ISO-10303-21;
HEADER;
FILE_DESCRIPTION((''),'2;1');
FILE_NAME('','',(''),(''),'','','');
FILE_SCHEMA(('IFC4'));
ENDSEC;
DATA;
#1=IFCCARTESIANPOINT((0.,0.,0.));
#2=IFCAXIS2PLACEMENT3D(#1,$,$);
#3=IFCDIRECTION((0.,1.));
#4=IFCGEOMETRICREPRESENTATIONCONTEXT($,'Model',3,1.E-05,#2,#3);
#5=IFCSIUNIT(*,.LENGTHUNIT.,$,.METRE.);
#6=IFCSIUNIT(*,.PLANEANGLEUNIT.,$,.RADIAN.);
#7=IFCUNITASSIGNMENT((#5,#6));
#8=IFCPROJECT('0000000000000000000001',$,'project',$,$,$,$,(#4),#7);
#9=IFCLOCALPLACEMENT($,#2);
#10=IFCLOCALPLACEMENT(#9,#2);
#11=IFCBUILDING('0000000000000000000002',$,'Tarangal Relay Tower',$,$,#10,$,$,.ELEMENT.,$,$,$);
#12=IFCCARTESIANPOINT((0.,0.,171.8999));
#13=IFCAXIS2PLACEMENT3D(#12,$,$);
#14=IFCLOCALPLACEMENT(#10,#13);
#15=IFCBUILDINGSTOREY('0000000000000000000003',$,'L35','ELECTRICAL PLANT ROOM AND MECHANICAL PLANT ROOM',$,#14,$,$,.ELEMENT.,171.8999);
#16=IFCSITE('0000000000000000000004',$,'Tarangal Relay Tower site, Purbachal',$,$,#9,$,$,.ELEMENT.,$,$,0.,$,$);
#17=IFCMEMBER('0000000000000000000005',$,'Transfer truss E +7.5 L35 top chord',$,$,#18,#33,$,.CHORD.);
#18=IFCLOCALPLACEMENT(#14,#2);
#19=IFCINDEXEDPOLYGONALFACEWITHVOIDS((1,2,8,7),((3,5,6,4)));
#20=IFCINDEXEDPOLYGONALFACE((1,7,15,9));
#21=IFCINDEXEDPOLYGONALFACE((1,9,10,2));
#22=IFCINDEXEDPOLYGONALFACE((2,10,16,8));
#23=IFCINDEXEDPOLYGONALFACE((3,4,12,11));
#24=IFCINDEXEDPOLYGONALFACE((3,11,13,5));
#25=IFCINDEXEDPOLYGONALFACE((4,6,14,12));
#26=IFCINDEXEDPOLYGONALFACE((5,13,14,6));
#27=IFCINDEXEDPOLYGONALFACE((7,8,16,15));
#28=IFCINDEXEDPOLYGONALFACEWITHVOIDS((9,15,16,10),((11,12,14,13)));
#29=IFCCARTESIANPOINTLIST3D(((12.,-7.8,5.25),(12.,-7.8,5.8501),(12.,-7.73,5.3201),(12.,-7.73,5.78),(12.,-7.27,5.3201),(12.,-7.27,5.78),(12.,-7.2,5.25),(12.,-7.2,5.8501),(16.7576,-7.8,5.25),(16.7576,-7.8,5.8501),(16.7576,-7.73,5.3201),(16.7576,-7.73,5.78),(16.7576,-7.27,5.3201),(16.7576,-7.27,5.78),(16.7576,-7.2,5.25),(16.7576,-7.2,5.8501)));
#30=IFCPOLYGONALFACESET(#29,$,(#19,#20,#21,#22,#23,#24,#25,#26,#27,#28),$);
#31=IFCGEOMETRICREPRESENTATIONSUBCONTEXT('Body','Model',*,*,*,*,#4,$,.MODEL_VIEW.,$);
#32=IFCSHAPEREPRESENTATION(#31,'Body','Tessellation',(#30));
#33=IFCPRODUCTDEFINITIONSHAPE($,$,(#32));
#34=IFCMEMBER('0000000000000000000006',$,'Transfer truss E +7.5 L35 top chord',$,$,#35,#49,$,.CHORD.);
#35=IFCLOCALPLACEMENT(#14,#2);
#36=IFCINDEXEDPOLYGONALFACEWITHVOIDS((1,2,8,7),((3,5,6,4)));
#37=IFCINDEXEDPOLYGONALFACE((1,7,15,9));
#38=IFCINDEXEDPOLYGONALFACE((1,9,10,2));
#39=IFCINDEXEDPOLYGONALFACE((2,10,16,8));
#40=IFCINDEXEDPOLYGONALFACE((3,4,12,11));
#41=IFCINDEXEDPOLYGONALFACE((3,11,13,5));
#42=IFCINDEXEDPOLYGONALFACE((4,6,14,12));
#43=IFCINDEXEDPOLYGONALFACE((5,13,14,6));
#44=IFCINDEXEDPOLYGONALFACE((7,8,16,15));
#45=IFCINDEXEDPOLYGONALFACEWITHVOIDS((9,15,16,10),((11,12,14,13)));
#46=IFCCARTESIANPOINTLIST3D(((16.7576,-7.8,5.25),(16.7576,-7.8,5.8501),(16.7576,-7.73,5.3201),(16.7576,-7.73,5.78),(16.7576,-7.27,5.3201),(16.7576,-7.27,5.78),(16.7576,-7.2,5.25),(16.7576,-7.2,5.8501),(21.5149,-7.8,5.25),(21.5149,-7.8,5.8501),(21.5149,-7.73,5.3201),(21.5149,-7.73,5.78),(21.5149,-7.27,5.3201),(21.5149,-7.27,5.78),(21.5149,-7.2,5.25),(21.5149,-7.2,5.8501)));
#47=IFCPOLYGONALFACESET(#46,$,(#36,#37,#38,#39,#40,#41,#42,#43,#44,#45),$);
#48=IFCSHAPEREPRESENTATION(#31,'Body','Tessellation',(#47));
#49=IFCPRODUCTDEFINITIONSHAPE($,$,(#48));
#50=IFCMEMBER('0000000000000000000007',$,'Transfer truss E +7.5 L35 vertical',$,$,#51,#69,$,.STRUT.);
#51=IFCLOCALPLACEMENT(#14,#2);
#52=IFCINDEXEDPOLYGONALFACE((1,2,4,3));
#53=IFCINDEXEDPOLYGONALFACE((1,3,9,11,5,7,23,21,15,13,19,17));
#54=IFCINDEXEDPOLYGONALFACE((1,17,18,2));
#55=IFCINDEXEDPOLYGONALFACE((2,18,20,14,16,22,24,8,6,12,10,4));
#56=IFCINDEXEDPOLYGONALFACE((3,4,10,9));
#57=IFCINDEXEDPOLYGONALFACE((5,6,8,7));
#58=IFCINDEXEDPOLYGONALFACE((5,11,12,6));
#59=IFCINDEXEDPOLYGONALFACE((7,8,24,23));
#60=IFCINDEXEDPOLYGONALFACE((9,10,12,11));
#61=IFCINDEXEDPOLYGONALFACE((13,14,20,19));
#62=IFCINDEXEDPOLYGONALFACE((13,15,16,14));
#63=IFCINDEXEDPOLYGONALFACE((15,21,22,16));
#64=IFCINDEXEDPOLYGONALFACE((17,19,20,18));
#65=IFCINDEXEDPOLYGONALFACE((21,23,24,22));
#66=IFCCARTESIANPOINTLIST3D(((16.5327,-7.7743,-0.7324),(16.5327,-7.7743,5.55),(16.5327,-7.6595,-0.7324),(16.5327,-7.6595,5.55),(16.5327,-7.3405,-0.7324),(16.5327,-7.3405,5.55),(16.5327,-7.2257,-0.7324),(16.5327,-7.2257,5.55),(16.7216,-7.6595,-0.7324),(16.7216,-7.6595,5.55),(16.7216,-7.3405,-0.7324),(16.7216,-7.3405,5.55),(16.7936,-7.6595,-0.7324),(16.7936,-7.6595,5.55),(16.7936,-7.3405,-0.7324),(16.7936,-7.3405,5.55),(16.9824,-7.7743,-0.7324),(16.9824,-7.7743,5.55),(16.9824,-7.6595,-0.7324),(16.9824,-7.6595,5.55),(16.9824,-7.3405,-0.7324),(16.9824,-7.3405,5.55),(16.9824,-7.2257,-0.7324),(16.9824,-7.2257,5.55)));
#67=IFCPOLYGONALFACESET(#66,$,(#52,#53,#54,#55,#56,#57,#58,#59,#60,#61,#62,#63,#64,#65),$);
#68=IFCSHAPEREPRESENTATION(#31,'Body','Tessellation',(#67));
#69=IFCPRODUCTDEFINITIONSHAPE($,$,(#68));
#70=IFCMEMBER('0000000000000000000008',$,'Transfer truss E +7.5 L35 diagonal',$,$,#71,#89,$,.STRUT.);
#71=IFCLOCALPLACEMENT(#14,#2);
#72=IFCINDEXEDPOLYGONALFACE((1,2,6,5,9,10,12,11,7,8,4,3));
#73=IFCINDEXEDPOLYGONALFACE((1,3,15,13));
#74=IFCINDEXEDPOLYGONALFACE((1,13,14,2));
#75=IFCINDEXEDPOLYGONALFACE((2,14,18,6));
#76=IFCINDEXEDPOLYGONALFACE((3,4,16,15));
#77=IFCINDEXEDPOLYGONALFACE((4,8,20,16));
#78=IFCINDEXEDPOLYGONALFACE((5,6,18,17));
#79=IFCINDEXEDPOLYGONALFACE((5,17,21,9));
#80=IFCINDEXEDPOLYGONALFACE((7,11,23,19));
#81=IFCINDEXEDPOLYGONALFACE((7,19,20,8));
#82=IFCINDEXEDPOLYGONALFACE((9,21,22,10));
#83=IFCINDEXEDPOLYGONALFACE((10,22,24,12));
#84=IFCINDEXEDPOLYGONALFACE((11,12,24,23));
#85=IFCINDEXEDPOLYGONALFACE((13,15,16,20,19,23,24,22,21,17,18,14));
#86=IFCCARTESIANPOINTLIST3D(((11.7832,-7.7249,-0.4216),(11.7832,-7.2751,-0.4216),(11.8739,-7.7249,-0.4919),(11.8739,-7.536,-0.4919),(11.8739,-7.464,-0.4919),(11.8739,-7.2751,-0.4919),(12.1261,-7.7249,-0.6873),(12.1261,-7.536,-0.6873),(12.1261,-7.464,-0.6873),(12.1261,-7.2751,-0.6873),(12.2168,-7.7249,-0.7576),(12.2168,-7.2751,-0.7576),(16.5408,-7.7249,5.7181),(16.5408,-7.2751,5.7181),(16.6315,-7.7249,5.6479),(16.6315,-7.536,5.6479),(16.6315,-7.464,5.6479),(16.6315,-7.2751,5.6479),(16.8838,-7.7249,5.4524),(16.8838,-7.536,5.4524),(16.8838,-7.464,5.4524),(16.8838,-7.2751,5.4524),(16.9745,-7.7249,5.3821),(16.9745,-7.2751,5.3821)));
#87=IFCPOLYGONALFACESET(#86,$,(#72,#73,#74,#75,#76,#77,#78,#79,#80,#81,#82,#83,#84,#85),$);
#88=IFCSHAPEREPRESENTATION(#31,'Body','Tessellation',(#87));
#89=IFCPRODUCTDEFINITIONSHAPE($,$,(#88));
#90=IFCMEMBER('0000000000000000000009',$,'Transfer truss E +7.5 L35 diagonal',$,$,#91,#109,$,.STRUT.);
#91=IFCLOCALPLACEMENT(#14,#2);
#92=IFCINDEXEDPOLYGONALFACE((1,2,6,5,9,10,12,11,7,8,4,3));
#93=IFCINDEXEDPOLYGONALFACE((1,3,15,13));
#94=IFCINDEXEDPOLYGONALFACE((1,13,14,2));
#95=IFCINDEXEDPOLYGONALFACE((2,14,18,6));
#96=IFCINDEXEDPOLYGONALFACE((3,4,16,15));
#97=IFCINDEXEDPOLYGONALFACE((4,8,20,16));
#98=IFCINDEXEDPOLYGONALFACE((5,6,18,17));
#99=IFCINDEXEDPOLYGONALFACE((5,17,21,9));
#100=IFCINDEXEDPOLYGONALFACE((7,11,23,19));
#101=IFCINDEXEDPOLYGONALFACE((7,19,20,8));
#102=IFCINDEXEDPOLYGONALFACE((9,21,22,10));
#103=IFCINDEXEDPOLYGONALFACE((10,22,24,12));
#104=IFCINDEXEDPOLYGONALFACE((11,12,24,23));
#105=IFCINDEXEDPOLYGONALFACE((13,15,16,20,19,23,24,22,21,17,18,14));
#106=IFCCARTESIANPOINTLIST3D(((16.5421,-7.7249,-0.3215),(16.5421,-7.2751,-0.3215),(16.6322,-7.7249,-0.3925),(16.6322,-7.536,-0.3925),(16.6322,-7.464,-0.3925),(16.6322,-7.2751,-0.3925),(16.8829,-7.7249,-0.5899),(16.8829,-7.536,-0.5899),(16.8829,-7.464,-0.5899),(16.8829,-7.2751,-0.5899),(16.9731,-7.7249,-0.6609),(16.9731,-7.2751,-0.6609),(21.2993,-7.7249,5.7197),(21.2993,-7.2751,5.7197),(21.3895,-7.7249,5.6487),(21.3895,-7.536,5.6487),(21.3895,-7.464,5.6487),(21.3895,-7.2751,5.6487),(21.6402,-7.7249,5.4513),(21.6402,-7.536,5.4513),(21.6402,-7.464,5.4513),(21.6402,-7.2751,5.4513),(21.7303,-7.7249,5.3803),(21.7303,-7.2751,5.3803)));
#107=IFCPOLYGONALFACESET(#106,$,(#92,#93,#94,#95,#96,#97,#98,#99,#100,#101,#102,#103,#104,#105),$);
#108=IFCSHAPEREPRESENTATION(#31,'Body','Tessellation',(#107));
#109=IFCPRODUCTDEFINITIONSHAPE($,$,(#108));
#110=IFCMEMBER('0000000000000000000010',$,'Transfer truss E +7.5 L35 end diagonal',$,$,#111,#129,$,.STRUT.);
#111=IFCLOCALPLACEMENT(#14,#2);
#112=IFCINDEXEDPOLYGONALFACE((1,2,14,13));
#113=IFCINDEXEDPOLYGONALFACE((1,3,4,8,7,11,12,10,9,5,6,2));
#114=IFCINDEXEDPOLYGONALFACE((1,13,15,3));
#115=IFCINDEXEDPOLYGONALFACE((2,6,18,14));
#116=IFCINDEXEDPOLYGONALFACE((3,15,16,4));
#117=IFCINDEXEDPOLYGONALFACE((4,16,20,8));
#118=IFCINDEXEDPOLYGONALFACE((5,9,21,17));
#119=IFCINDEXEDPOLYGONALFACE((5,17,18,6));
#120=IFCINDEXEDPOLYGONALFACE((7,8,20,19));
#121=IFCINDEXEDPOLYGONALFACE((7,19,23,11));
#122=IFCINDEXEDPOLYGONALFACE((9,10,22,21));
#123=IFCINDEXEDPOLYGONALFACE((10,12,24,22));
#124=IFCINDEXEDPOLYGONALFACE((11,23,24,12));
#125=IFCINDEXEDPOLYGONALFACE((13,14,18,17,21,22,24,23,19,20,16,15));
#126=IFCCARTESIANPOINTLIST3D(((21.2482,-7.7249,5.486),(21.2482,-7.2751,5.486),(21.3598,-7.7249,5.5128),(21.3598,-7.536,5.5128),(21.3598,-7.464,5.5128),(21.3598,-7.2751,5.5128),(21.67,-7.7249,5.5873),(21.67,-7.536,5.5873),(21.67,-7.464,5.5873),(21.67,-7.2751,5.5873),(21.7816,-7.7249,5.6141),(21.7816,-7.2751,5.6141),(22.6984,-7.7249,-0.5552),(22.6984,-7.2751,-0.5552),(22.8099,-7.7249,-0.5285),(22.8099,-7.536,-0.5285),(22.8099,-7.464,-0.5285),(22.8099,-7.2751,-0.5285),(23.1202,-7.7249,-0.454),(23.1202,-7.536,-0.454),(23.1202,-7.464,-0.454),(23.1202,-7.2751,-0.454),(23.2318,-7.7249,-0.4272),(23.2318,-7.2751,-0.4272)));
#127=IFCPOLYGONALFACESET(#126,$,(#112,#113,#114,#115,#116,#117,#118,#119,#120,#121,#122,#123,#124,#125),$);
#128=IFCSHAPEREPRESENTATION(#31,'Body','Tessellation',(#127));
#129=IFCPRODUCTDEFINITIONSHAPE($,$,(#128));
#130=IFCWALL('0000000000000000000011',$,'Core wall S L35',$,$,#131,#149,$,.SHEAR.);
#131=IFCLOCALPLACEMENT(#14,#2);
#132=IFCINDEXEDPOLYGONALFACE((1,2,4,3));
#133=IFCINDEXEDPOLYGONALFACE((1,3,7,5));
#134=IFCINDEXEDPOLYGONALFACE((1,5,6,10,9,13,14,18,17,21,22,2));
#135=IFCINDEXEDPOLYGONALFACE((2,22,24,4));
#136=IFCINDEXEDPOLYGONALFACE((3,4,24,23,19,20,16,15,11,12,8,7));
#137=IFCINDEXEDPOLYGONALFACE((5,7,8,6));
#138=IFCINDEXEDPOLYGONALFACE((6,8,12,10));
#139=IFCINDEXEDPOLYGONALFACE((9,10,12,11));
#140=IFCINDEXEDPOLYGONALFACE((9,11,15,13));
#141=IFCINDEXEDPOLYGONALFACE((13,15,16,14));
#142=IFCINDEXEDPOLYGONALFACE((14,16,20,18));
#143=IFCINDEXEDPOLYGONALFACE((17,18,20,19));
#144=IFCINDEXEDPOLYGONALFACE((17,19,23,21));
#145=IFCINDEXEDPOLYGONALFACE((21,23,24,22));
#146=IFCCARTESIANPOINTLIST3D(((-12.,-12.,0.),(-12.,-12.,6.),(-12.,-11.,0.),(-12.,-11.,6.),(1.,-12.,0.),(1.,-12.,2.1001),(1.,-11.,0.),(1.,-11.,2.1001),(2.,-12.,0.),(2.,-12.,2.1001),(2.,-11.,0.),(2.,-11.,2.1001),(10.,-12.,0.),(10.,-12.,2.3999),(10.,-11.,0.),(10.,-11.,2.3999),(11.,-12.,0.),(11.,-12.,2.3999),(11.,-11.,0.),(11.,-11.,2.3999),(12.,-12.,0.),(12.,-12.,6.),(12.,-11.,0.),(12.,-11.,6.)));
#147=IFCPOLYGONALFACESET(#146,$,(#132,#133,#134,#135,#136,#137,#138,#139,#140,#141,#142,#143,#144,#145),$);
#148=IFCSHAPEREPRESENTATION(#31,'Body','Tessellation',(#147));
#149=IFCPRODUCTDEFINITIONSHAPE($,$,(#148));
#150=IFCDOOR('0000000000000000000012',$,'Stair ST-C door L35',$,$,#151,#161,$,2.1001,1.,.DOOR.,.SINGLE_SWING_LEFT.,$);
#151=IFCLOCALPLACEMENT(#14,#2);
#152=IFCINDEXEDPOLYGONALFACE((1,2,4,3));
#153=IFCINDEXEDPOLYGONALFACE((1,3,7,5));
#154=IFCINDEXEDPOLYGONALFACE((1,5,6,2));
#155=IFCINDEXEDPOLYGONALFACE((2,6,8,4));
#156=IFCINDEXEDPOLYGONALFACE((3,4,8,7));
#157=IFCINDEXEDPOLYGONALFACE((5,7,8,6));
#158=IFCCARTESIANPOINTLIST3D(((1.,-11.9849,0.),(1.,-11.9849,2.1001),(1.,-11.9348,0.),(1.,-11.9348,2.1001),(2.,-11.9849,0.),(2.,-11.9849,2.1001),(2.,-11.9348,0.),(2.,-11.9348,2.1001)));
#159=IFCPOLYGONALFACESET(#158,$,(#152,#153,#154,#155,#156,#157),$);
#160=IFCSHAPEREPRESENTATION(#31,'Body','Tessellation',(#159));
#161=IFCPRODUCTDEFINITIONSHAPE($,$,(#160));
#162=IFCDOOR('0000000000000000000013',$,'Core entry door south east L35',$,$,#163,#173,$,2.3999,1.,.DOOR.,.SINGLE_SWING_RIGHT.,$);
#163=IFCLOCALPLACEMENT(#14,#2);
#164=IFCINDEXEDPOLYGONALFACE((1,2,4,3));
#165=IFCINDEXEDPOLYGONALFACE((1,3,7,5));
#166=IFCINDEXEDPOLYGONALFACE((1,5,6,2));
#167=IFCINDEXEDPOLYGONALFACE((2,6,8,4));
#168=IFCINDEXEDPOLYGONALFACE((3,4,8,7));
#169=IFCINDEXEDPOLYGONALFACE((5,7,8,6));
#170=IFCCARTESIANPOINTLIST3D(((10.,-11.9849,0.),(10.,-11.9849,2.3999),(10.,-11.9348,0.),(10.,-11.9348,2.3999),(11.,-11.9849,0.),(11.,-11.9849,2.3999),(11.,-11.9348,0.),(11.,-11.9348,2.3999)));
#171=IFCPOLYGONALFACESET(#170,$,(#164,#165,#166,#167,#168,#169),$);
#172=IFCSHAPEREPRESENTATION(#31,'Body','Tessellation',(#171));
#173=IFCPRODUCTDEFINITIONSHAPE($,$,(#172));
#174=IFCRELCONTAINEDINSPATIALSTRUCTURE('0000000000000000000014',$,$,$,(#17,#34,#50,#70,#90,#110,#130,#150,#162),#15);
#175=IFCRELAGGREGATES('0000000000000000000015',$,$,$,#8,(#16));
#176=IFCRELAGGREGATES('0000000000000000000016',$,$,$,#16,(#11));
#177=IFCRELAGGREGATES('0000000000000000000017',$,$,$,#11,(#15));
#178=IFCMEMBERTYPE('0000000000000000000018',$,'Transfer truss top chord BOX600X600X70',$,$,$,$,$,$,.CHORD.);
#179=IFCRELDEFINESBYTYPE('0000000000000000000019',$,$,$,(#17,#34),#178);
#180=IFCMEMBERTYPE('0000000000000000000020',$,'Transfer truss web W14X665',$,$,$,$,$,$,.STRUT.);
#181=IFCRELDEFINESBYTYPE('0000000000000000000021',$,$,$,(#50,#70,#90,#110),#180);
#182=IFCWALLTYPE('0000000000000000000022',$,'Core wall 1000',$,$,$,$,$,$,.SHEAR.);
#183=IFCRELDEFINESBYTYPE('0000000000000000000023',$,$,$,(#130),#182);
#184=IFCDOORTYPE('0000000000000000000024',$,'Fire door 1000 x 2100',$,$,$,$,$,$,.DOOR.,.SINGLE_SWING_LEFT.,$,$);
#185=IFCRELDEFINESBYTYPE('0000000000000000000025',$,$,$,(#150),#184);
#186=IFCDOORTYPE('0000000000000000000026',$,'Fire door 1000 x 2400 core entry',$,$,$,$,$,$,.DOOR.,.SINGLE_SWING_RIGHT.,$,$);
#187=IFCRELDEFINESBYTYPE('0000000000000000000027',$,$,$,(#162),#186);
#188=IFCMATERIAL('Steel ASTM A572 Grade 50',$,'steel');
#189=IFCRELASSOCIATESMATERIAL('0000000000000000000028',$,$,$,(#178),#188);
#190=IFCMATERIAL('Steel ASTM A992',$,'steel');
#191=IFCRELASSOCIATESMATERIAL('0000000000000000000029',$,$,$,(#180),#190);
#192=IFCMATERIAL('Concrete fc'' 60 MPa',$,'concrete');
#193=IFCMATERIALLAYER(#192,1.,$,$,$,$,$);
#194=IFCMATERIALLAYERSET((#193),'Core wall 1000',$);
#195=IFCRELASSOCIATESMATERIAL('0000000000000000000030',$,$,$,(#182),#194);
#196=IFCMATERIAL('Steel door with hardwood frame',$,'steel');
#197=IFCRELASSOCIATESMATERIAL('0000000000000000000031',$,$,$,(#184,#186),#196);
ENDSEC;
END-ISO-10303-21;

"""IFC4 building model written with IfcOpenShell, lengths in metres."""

from ifc_helpers import new_model, si_unit, direction, frame, frame_2d, origin, origin_2d, place, context, subcontext, project, spatial, rectangle, hollow_rectangle, i_section, extrude, material, layer, layer_set, material_profile, profile_set, type_object, element, fill, save


model = new_model("IFC4")

# Units and contexts
model_context = context("Model", 3, precision=1e-05, world=origin(), true_north=direction((0.0, 1.0)))
body_context = subcontext(model_context, "Body", "Model", "MODEL_VIEW")
ifc_project = project(units=[si_unit("LENGTHUNIT", "METRE"), si_unit("PLANEANGLEUNIT", "RADIAN")], contexts=[model_context])

# Site, building, storey
site_placement = place(None, origin())
site = spatial("IfcSite", under=ifc_project, at=site_placement, Name="Tarangal Relay Tower site, Purbachal", CompositionType="ELEMENT", RefElevation=0.0)
building_placement = place(site_placement, origin())
building = spatial("IfcBuilding", under=site, at=building_placement, Name="Tarangal Relay Tower", CompositionType="ELEMENT")
storey_placement = place(building_placement, frame((0.0, 0.0, 171.8999)))
storey = spatial("IfcBuildingStorey", under=building, at=storey_placement, Name="L35", Description="ELECTRICAL PLANT ROOM AND MECHANICAL PLANT ROOM", CompositionType="ELEMENT", Elevation=171.8999)

# Shared definitions
ifc_material_1 = material(Name="Steel ASTM A572 Grade 50", Category="steel")

# Shared definitions
ifc_material_2 = material(Name="Steel ASTM A992", Category="steel")

# Members
ifc_material_profile_1 = material_profile(ifc_material_1, hollow_rectangle(XDim=0.6001, YDim=0.6001, WallThickness=0.0701, at=origin_2d()), Name="BOX600X600X70")
ifc_profile_set_1 = profile_set([ifc_material_profile_1], Name="Steel ASTM A572 Grade 50")
member_type_1 = type_object("IfcMemberType", Name="Transfer truss top chord BOX600X600X70", PredefinedType="CHORD", material=ifc_profile_set_1)
member_1_placement = place(storey_placement, frame((12.0, -7.5, 5.55), z_axis=(1.0, 0.0, 0.0), x_axis=(0.0, 1.0, 0.0)))
element("IfcMember", 1, at=member_1_placement, inside=storey, type_object=member_type_1, Name="Transfer truss E +7.5 L35 top chord", PredefinedType="CHORD", context=body_context, shape_type="SweptSolid", body=[
    extrude(hollow_rectangle(XDim=0.6001, YDim=0.6001, WallThickness=0.0701, at=origin_2d()), origin(), (0.0, 0.0, 1.0), 4.7576),
])
member_2_placement = place(storey_placement, frame((16.7576, -7.5, 5.55), z_axis=(1.0, 0.0, 0.0), x_axis=(0.0, 1.0, 0.0)))
element("IfcMember", 2, at=member_2_placement, inside=storey, type_object=member_type_1, Name="Transfer truss E +7.5 L35 top chord", PredefinedType="CHORD", context=body_context, shape_type="SweptSolid", body=[
    extrude(hollow_rectangle(XDim=0.6001, YDim=0.6001, WallThickness=0.0701, at=origin_2d()), origin(), (0.0, 0.0, 1.0), 4.7573),
])
ifc_material_profile_2 = material_profile(ifc_material_2, i_section(OverallWidth=0.4497, OverallDepth=0.5486, WebThickness=0.072, FlangeThickness=0.1147, at=origin_2d()), Name="W14X665")
ifc_profile_set_2 = profile_set([ifc_material_profile_2], Name="Steel ASTM A992")
member_type_2 = type_object("IfcMemberType", Name="Transfer truss web W14X665", PredefinedType="STRUT", material=ifc_profile_set_2)
member_3_placement = place(storey_placement, frame((16.7576, -7.5, -0.7324), z_axis=(0.0, 0.0, 1.0), x_axis=(1.0, 0.0, 0.0)))
element("IfcMember", 3, at=member_3_placement, inside=storey, type_object=member_type_2, Name="Transfer truss E +7.5 L35 vertical", PredefinedType="STRUT", context=body_context, shape_type="SweptSolid", body=[
    extrude(i_section(OverallWidth=0.4497, OverallDepth=0.5486, WebThickness=0.072, FlangeThickness=0.1147, at=origin_2d()), origin(), (0.0, 0.0, 1.0), 6.2825),
])
member_4_placement = place(storey_placement, frame((12.0, -7.5, -0.5896), z_axis=(0.612519, 0.0, 0.790456), x_axis=(0.0, 1.0, 0.0)))
element("IfcMember", 4, at=member_4_placement, inside=storey, type_object=member_type_2, Name="Transfer truss E +7.5 L35 diagonal", PredefinedType="STRUT", context=body_context, shape_type="SweptSolid", body=[
    extrude(i_section(OverallWidth=0.4497, OverallDepth=0.5486, WebThickness=0.072, FlangeThickness=0.1147, at=origin_2d()), origin(), (0.0, 0.0, 1.0), 7.7673),
])
member_5_placement = place(storey_placement, frame((16.7576, -7.5, -0.4912), z_axis=(0.618675, 0.0, 0.785647), x_axis=(0.0, 1.0, 0.0)))
element("IfcMember", 5, at=member_5_placement, inside=storey, type_object=member_type_2, Name="Transfer truss E +7.5 L35 diagonal", PredefinedType="STRUT", context=body_context, shape_type="SweptSolid", body=[
    extrude(i_section(OverallWidth=0.4497, OverallDepth=0.5486, WebThickness=0.072, FlangeThickness=0.1147, at=origin_2d()), origin(), (0.0, 0.0, 1.0), 7.6895),
])
member_6_placement = place(storey_placement, frame((22.9651, -7.5, -0.4912), z_axis=(-0.233418, 0.0, 0.972377), x_axis=(0.0, -1.0, 0.0)))
element("IfcMember", 6, at=member_6_placement, inside=storey, type_object=member_type_2, Name="Transfer truss E +7.5 L35 end diagonal", PredefinedType="STRUT", context=body_context, shape_type="SweptSolid", body=[
    extrude(i_section(OverallWidth=0.4497, OverallDepth=0.5486, WebThickness=0.072, FlangeThickness=0.1147, at=origin_2d()), origin(), (0.0, 0.0, 1.0), 6.2129),
])

# Wall, openings, doors
ifc_material_3 = material(Name="Concrete fc' 60 MPa", Category="concrete")
ifc_layer_1 = layer(ifc_material_3, 1.0)
ifc_layer_set_1 = layer_set([ifc_layer_1], Name="Core wall 1000")
wall_type_1 = type_object("IfcWallType", Name="Core wall 1000", PredefinedType="SHEAR", material=ifc_layer_set_1)
wall_1_placement = place(storey_placement, frame((12.0, -11.5, 0.0), z_axis=(0.0, 0.0, 1.0), x_axis=(-1.0, 0.0, 0.0)))
wall_1 = element("IfcWall", 7, at=wall_1_placement, inside=storey, type_object=wall_type_1, Name="Core wall S L35", PredefinedType="SHEAR", context=body_context, shape_type="SweptSolid", body=[
    extrude(rectangle(XDim=24.0, YDim=1.0, at=frame_2d((12.0, 0.0))), origin(), (0.0, 0.0, 1.0), 6.0),
])
opening_1_placement = place(wall_1_placement, frame((10.0, 0.0, 0.0)))
opening_1 = element("IfcOpeningElement", 8, at=opening_1_placement, cuts=wall_1, PredefinedType="OPENING", context=body_context, shape_type="SweptSolid", body=[
    extrude(rectangle(XDim=1.0, YDim=2.1001, at=frame_2d((0.5, 1.05))), frame((0.0, 0.51, 0.0), z_axis=(0.0, -1.0, 0.0), x_axis=(1.0, 0.0, 0.0)), (0.0, 0.0, 1.0), 1.02),
])
opening_2_placement = place(wall_1_placement, frame((1.0, 0.0, 0.0)))
opening_2 = element("IfcOpeningElement", 9, at=opening_2_placement, cuts=wall_1, PredefinedType="OPENING", context=body_context, shape_type="SweptSolid", body=[
    extrude(rectangle(XDim=1.0, YDim=2.3999, at=frame_2d((0.5, 1.2))), frame((0.0, 0.51, 0.0), z_axis=(0.0, -1.0, 0.0), x_axis=(1.0, 0.0, 0.0)), (0.0, 0.0, 1.0), 1.02),
])
ifc_material_4 = material(Name="Steel door with hardwood frame", Category="steel")
door_type_1 = type_object("IfcDoorType", Name="Fire door 1000 x 2100", OperationType="SINGLE_SWING_LEFT", PredefinedType="DOOR", material=ifc_material_4)
door_1_placement = place(opening_1_placement, origin())
door_1 = element("IfcDoor", 10, at=door_1_placement, inside=storey, type_object=door_type_1, Name="Stair ST-C door L35", OperationType="SINGLE_SWING_LEFT", OverallHeight=2.1001, OverallWidth=1.0, PredefinedType="DOOR", context=body_context, shape_type="SweptSolid", body=[
    extrude(rectangle(XDim=1.0, YDim=2.1001, at=frame_2d((0.5, 1.05))), frame((0.0, 0.4849, 0.0), z_axis=(0.0, -1.0, 0.0), x_axis=(1.0, 0.0, 0.0)), (0.0, 0.0, 1.0), 0.05),
])
fill(opening_1, door_1)
door_type_2 = type_object("IfcDoorType", Name="Fire door 1000 x 2400 core entry", OperationType="SINGLE_SWING_RIGHT", PredefinedType="DOOR", material=ifc_material_4)
door_2_placement = place(opening_2_placement, origin())
door_2 = element("IfcDoor", 11, at=door_2_placement, inside=storey, type_object=door_type_2, Name="Core entry door south east L35", OperationType="SINGLE_SWING_RIGHT", OverallHeight=2.3999, OverallWidth=1.0, PredefinedType="DOOR", context=body_context, shape_type="SweptSolid", body=[
    extrude(rectangle(XDim=1.0, YDim=2.3999, at=frame_2d((0.5, 1.2))), frame((0.0, 0.4849, 0.0), z_axis=(0.0, -1.0, 0.0), x_axis=(1.0, 0.0, 0.0)), (0.0, 0.0, 1.0), 0.05),
])
fill(opening_2, door_2)

save(model, "model.ifc")
